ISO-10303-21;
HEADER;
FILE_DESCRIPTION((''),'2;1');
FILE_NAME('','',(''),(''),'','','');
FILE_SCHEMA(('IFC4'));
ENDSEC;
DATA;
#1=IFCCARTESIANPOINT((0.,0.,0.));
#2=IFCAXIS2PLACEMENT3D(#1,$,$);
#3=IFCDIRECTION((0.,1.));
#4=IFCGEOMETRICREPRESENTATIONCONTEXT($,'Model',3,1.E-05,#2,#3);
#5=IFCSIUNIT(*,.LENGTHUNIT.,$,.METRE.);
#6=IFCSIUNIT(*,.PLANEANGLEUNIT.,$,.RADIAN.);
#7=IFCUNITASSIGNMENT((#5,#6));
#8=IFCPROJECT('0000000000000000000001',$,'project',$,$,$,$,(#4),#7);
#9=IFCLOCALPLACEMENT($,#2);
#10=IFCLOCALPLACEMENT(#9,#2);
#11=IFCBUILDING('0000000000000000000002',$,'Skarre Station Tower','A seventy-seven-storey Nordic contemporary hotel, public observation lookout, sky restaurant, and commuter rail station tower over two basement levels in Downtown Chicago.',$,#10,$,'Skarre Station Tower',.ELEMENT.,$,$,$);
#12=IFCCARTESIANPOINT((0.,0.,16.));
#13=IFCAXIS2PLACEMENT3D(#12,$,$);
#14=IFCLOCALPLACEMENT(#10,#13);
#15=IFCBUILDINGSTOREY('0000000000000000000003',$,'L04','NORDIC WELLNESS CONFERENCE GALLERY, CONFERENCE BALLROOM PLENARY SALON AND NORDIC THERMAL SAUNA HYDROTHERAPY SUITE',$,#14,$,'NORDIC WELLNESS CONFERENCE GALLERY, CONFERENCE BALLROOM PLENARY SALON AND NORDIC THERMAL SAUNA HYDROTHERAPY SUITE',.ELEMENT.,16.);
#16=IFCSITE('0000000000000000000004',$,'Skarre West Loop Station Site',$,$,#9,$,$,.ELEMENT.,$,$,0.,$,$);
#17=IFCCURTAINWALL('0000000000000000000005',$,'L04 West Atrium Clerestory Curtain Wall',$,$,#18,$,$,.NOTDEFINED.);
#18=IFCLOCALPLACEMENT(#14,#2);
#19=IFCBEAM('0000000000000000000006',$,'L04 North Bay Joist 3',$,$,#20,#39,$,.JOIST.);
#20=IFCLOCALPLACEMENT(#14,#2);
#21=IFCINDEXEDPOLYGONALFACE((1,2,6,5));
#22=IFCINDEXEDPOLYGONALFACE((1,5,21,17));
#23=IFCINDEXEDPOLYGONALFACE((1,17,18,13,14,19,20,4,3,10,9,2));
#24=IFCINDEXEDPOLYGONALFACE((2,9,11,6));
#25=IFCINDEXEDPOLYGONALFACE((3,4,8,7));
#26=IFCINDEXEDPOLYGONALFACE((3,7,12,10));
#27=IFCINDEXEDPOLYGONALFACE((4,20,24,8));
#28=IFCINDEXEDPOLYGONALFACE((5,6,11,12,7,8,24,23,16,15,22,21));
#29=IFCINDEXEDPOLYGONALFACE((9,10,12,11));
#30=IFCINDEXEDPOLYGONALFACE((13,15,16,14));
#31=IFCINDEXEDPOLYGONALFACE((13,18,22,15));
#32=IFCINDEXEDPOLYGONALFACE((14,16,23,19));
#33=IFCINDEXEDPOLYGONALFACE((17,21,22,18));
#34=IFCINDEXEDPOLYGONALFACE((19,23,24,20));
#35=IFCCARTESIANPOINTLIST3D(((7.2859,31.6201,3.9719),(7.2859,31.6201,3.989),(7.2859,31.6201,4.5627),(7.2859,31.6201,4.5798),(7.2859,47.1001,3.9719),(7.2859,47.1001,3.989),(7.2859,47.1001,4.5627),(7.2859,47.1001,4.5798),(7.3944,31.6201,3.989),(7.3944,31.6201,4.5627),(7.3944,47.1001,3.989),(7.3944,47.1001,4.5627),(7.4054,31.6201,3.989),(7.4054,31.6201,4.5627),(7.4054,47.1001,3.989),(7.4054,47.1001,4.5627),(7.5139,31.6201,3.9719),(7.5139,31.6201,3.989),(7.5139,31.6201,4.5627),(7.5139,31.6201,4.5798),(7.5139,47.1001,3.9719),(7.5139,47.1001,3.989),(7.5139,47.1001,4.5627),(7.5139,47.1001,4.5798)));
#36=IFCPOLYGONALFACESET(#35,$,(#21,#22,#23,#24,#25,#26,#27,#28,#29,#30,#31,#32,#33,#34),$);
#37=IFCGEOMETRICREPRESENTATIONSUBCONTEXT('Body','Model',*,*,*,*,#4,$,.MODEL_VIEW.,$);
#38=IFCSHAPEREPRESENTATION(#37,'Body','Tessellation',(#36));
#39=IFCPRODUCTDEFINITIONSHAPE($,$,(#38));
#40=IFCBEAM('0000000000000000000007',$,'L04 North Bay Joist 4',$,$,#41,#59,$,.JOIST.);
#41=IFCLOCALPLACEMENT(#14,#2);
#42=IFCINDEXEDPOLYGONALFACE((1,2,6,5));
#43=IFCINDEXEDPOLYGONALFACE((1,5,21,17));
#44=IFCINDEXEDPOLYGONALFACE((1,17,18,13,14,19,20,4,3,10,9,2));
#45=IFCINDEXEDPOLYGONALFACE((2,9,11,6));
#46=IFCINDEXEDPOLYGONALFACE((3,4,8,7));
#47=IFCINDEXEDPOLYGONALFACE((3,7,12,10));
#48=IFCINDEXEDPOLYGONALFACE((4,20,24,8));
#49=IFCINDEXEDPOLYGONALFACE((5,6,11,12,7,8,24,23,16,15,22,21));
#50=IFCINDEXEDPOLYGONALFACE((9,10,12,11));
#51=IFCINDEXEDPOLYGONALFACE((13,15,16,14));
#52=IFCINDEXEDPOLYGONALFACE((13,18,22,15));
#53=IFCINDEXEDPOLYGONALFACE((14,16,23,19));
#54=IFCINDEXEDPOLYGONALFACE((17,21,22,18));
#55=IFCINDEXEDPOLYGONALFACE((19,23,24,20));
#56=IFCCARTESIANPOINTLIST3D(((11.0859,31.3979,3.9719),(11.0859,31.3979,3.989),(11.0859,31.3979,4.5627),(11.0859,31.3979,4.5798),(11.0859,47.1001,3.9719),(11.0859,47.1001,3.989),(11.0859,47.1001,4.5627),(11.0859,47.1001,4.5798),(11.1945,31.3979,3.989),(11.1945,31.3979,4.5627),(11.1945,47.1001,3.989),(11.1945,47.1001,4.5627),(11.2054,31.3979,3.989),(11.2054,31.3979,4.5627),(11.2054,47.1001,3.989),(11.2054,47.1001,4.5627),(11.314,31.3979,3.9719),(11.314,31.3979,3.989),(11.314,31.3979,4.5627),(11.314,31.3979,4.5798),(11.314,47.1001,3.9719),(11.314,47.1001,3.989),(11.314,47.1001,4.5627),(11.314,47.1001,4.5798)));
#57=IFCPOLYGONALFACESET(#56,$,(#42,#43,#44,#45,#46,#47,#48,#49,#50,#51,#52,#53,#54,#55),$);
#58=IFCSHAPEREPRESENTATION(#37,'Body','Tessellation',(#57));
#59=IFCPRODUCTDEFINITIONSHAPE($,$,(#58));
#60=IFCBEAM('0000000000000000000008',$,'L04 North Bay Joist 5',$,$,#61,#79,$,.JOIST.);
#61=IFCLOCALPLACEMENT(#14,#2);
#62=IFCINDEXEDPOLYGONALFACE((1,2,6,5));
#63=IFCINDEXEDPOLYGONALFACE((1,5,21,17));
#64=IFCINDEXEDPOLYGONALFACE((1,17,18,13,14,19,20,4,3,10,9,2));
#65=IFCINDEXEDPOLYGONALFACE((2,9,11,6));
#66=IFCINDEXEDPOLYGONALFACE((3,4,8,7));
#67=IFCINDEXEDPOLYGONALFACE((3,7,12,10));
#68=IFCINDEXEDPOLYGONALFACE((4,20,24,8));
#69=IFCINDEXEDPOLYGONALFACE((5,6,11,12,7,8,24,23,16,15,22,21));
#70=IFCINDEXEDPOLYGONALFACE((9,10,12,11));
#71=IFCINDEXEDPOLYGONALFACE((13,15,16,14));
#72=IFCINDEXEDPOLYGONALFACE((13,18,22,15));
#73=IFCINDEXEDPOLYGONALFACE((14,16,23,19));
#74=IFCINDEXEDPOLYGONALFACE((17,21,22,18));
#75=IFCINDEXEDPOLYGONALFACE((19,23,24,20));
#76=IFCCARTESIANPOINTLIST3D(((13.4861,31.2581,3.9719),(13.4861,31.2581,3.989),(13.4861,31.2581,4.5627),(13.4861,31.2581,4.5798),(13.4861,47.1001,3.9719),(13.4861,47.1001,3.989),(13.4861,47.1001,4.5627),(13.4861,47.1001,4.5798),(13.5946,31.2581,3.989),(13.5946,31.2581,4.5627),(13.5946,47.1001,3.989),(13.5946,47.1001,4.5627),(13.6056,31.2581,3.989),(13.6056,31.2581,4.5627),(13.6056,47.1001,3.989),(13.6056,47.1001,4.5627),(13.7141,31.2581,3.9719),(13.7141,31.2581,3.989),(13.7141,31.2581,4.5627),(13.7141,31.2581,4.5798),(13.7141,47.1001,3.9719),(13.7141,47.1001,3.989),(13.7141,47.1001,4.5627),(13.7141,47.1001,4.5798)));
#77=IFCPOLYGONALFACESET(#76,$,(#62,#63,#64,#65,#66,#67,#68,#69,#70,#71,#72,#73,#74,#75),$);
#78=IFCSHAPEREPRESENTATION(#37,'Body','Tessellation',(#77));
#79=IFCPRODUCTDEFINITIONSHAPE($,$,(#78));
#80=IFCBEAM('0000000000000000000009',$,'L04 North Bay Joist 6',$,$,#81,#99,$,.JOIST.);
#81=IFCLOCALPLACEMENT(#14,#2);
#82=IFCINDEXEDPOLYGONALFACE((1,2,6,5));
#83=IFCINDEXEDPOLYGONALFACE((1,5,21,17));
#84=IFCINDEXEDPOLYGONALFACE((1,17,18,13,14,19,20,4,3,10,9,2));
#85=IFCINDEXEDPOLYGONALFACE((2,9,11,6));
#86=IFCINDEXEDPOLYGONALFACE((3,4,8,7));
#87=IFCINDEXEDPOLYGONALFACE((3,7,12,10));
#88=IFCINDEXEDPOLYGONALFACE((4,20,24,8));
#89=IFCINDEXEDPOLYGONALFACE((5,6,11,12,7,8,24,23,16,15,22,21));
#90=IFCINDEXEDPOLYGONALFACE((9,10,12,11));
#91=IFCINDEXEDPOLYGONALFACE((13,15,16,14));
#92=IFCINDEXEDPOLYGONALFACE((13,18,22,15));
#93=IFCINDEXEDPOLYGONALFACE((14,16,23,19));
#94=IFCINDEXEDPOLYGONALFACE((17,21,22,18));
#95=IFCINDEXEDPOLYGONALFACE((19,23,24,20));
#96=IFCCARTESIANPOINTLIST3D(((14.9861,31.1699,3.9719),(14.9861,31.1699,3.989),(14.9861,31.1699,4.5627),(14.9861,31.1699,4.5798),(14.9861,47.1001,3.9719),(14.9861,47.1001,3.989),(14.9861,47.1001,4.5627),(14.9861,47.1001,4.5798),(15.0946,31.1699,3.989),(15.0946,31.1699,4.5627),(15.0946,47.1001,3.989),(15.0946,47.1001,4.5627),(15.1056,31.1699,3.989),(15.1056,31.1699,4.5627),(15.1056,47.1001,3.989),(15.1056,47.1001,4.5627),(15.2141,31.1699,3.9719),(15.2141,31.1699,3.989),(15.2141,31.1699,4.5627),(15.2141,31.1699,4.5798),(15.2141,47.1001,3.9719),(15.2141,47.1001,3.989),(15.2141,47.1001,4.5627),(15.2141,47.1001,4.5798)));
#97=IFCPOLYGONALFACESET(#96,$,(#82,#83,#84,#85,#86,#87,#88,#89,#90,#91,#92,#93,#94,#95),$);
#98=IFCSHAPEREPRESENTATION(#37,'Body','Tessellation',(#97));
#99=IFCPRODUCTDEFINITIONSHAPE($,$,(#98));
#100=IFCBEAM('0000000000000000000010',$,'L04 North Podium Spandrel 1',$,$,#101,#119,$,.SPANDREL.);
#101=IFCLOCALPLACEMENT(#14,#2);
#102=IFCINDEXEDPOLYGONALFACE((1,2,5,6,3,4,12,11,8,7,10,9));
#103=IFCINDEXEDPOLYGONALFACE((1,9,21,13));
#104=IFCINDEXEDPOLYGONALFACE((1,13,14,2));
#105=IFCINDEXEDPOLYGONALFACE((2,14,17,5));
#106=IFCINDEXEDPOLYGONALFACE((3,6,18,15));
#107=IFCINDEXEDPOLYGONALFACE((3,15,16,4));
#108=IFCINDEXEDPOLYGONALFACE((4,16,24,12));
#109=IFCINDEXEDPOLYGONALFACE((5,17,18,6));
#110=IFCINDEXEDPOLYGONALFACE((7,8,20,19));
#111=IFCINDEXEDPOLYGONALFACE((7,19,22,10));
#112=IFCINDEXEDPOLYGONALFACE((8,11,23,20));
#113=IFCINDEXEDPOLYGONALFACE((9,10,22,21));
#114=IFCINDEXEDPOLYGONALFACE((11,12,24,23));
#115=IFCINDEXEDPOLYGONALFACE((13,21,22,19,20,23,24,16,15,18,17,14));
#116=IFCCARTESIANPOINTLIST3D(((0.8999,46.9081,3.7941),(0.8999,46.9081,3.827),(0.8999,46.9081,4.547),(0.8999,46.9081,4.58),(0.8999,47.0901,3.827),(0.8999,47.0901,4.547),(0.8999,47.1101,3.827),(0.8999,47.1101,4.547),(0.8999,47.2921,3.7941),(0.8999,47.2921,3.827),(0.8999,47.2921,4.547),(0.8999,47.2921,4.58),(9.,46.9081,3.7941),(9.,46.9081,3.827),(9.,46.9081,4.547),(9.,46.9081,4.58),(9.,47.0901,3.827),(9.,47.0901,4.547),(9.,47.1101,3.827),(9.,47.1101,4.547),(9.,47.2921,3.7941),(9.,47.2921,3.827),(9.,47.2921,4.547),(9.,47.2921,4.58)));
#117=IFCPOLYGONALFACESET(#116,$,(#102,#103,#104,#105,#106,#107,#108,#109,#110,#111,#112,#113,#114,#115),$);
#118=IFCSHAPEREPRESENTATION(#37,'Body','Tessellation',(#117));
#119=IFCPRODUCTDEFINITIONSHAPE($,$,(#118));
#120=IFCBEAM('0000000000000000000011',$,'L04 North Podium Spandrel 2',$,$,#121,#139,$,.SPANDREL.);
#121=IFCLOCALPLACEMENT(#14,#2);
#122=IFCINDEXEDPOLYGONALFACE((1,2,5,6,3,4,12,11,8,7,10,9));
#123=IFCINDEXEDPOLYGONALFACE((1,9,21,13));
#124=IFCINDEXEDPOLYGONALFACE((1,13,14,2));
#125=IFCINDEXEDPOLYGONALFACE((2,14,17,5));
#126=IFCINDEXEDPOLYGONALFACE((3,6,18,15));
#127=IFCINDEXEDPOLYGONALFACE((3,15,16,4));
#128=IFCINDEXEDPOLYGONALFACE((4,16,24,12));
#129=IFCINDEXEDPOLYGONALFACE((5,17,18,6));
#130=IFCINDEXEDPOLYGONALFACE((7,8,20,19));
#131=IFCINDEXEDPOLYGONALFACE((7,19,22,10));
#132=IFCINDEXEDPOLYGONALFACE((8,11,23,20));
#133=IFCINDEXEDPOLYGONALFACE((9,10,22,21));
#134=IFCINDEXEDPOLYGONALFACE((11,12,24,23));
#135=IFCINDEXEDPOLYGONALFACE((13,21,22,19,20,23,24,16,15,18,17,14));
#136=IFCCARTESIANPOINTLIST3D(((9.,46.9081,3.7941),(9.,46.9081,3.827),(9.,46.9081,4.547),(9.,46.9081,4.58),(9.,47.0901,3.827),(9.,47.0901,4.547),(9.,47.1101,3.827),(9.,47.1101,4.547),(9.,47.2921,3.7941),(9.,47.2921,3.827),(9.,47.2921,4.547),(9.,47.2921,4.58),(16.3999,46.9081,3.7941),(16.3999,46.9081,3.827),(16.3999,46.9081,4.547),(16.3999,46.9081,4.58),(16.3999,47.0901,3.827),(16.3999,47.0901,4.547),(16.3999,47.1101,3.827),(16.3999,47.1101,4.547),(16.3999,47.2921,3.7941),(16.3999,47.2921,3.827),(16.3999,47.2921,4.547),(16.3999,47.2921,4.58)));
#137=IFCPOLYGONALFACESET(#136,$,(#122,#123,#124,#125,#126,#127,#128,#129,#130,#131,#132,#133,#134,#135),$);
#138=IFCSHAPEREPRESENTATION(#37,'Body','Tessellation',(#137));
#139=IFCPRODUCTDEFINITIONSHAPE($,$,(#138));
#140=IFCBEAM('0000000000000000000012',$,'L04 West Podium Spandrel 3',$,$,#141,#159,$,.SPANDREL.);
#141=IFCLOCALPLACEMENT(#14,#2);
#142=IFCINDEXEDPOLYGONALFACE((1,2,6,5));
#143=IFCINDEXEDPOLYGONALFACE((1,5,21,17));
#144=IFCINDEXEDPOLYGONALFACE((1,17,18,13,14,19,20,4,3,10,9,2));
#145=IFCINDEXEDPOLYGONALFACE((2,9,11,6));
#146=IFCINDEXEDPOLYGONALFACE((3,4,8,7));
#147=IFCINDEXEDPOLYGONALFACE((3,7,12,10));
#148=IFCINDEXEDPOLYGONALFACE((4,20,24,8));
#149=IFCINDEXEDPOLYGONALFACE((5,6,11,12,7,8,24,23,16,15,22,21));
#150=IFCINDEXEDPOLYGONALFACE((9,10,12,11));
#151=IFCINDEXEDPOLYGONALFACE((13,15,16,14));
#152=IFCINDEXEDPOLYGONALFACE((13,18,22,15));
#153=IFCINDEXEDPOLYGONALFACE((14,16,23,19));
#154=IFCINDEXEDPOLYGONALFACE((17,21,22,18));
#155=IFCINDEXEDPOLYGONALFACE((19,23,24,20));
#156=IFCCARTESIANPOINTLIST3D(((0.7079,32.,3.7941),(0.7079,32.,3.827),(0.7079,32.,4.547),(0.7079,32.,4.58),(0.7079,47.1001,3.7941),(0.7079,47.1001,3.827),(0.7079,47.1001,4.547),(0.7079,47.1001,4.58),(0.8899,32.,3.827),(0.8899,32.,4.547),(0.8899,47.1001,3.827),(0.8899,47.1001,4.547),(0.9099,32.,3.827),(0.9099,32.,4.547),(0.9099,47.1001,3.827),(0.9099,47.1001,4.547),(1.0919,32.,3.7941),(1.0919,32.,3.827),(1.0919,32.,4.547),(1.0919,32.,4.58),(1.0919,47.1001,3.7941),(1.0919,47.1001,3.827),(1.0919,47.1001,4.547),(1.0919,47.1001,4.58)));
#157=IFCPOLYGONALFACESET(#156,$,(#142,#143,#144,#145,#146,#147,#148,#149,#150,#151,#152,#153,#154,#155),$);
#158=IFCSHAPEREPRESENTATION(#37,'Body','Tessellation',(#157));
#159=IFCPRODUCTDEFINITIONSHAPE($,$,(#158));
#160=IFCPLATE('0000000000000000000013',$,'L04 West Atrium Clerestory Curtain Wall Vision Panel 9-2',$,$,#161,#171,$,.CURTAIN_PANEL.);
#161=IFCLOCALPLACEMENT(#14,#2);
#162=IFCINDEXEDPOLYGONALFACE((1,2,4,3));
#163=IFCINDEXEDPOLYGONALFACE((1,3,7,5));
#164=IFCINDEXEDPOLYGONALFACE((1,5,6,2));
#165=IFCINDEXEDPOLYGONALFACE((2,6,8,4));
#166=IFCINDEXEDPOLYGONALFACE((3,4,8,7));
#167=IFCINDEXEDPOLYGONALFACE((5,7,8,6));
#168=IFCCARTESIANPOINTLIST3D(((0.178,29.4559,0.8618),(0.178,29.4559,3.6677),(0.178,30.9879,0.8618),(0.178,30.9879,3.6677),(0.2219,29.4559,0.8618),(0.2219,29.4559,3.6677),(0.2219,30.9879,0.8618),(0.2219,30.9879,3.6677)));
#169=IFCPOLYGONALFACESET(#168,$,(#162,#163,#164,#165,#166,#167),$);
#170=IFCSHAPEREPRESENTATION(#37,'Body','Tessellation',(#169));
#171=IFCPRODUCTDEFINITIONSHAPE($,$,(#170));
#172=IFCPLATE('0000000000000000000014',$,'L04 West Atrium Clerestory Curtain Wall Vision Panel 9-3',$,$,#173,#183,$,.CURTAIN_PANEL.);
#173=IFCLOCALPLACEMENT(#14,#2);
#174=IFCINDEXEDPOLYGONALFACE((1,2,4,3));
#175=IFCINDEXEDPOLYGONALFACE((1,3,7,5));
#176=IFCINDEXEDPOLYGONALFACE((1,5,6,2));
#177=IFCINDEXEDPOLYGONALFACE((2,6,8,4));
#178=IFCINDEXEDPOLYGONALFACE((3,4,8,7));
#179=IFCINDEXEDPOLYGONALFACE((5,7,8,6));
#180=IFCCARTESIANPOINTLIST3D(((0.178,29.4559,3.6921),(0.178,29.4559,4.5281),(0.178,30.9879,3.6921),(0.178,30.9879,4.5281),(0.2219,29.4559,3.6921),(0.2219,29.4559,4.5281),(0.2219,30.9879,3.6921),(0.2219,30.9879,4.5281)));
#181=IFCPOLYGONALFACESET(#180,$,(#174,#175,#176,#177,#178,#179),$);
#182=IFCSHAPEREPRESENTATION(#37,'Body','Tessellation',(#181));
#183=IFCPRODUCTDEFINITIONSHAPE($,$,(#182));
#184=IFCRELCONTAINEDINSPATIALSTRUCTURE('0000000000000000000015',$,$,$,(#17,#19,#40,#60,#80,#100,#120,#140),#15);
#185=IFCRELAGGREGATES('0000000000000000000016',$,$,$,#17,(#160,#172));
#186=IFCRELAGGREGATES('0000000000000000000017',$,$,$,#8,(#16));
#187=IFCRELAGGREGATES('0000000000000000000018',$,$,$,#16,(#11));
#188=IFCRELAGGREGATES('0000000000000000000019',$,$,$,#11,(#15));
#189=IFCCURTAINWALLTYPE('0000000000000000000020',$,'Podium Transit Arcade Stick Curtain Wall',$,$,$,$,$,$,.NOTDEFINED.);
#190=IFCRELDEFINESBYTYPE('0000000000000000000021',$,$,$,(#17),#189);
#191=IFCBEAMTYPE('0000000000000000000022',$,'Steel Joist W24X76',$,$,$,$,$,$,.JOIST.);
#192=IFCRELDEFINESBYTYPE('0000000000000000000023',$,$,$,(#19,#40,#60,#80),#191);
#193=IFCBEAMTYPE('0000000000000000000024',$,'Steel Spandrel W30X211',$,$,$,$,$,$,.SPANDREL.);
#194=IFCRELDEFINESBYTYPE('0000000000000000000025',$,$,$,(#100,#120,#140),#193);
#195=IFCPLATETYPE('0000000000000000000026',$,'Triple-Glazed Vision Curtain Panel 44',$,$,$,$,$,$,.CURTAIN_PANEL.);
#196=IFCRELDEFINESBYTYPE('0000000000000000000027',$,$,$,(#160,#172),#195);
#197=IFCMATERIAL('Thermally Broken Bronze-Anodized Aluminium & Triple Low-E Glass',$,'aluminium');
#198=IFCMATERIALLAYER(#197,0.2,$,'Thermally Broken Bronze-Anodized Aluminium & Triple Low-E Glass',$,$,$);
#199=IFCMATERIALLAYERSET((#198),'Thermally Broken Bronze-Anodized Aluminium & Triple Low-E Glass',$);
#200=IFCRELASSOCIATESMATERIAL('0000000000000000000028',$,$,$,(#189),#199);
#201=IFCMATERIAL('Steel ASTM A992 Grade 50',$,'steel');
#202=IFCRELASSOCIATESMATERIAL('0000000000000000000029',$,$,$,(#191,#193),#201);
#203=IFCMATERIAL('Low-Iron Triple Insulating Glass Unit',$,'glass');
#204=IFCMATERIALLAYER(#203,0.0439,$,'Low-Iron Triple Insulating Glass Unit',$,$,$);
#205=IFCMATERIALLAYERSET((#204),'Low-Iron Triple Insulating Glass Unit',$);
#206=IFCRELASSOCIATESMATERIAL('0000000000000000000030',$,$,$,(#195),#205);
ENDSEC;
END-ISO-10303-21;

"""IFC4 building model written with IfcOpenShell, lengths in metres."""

from ifc_helpers import new_model, si_unit, direction, frame, origin, origin_2d, place, context, subcontext, project, spatial, rectangle, i_section, extrude, material, layer, layer_set, material_profile, profile_set, type_object, element, aggregate, save


model = new_model("IFC4")

# Units and contexts
model_context = context("Model", 3, precision=1e-05, world=origin(), true_north=direction((0.0, 1.0)))
body_context = subcontext(model_context, "Body", "Model", "MODEL_VIEW")
ifc_project = project(units=[si_unit("LENGTHUNIT", "METRE"), si_unit("PLANEANGLEUNIT", "RADIAN")], contexts=[model_context])

# Site, building, storey
site_placement = place(None, origin())
site = spatial("IfcSite", under=ifc_project, at=site_placement, Name="Skarre West Loop Station Site", CompositionType="ELEMENT", RefElevation=0.0)
building_placement = place(site_placement, origin())
building = spatial("IfcBuilding", under=site, at=building_placement, Name="Skarre Station Tower", Description="A seventy-seven-storey Nordic contemporary hotel, public observation lookout, sky restaurant, and commuter rail station tower over two basement levels in Downtown Chicago.", LongName="Skarre Station Tower", CompositionType="ELEMENT")
storey_placement = place(building_placement, frame((0.0, 0.0, 16.0)))
storey = spatial("IfcBuildingStorey", under=building, at=storey_placement, Name="L04", Description="NORDIC WELLNESS CONFERENCE GALLERY, CONFERENCE BALLROOM PLENARY SALON AND NORDIC THERMAL SAUNA HYDROTHERAPY SUITE", LongName="NORDIC WELLNESS CONFERENCE GALLERY, CONFERENCE BALLROOM PLENARY SALON AND NORDIC THERMAL SAUNA HYDROTHERAPY SUITE", CompositionType="ELEMENT", Elevation=16.0)

# Curtain wall
ifc_material_1 = material(Name="Thermally Broken Bronze-Anodized Aluminium & Triple Low-E Glass", Category="aluminium")
ifc_layer_1 = layer(ifc_material_1, 0.2, Name="Thermally Broken Bronze-Anodized Aluminium & Triple Low-E Glass")
ifc_layer_set_1 = layer_set([ifc_layer_1], Name="Thermally Broken Bronze-Anodized Aluminium & Triple Low-E Glass")
curtain_wall_type = type_object("IfcCurtainWallType", Name="Podium Transit Arcade Stick Curtain Wall", PredefinedType="NOTDEFINED", material=ifc_layer_set_1)
curtain_wall_placement = place(storey_placement, origin())
curtain_wall = element("IfcCurtainWall", 1, at=curtain_wall_placement, inside=storey, type_object=curtain_wall_type, Name="L04 West Atrium Clerestory Curtain Wall", PredefinedType="NOTDEFINED")

# Beams
ifc_material_2 = material(Name="Steel ASTM A992 Grade 50", Category="steel")
ifc_material_profile_1 = material_profile(ifc_material_2, i_section(OverallWidth=0.228, OverallDepth=0.6079, WebThickness=0.011, FlangeThickness=0.0171, at=origin_2d()), Name="Steel ASTM A992 Grade 50")
ifc_profile_set_1 = profile_set([ifc_material_profile_1], Name="Steel ASTM A992 Grade 50")
beam_type_1 = type_object("IfcBeamType", Name="Steel Joist W24X76", PredefinedType="JOIST", material=ifc_profile_set_1)
beam_1_placement = place(storey_placement, frame((7.3999, 31.6201, 4.2759), z_axis=(0.0, 1.0, 0.0), x_axis=(-1.0, 0.0, 0.0)))
element("IfcBeam", 2, at=beam_1_placement, inside=storey, type_object=beam_type_1, Name="L04 North Bay Joist 3", PredefinedType="JOIST", context=body_context, shape_type="SweptSolid", body=[
    extrude(i_section(OverallWidth=0.228, OverallDepth=0.6079, WebThickness=0.011, FlangeThickness=0.0171, at=origin_2d()), origin(), (0.0, 0.0, 1.0), 15.48),
])
beam_2_placement = place(storey_placement, frame((11.2, 31.3979, 4.2759), z_axis=(0.0, 1.0, 0.0), x_axis=(-1.0, 0.0, 0.0)))
element("IfcBeam", 3, at=beam_2_placement, inside=storey, type_object=beam_type_1, Name="L04 North Bay Joist 4", PredefinedType="JOIST", context=body_context, shape_type="SweptSolid", body=[
    extrude(i_section(OverallWidth=0.228, OverallDepth=0.6079, WebThickness=0.011, FlangeThickness=0.0171, at=origin_2d()), origin(), (0.0, 0.0, 1.0), 15.7021),
])
beam_3_placement = place(storey_placement, frame((13.6001, 31.2581, 4.2759), z_axis=(0.0, 1.0, 0.0), x_axis=(-1.0, 0.0, 0.0)))
element("IfcBeam", 4, at=beam_3_placement, inside=storey, type_object=beam_type_1, Name="L04 North Bay Joist 5", PredefinedType="JOIST", context=body_context, shape_type="SweptSolid", body=[
    extrude(i_section(OverallWidth=0.228, OverallDepth=0.6079, WebThickness=0.011, FlangeThickness=0.0171, at=origin_2d()), origin(), (0.0, 0.0, 1.0), 15.842),
])
beam_4_placement = place(storey_placement, frame((15.1001, 31.1699, 4.2759), z_axis=(0.0, 1.0, 0.0), x_axis=(-1.0, 0.0, 0.0)))
element("IfcBeam", 5, at=beam_4_placement, inside=storey, type_object=beam_type_1, Name="L04 North Bay Joist 6", PredefinedType="JOIST", context=body_context, shape_type="SweptSolid", body=[
    extrude(i_section(OverallWidth=0.228, OverallDepth=0.6079, WebThickness=0.011, FlangeThickness=0.0171, at=origin_2d()), origin(), (0.0, 0.0, 1.0), 15.9302),
])
ifc_material_profile_2 = material_profile(ifc_material_2, i_section(OverallWidth=0.384, OverallDepth=0.7859, WebThickness=0.02, FlangeThickness=0.033, at=origin_2d()), Name="Steel ASTM A992 Grade 50")
ifc_profile_set_2 = profile_set([ifc_material_profile_2], Name="Steel ASTM A992 Grade 50")
beam_type_2 = type_object("IfcBeamType", Name="Steel Spandrel W30X211", PredefinedType="SPANDREL", material=ifc_profile_set_2)
beam_5_placement = place(storey_placement, frame((0.8999, 47.1001, 4.187), z_axis=(1.0, 0.0, 0.0), x_axis=(0.0, 1.0, 0.0)))
element("IfcBeam", 6, at=beam_5_placement, inside=storey, type_object=beam_type_2, Name="L04 North Podium Spandrel 1", PredefinedType="SPANDREL", context=body_context, shape_type="SweptSolid", body=[
    extrude(i_section(OverallWidth=0.384, OverallDepth=0.7859, WebThickness=0.02, FlangeThickness=0.033, at=origin_2d()), origin(), (0.0, 0.0, 1.0), 8.1001),
])
beam_6_placement = place(storey_placement, frame((9.0, 47.1001, 4.187), z_axis=(1.0, 0.0, 0.0), x_axis=(0.0, 1.0, 0.0)))
element("IfcBeam", 7, at=beam_6_placement, inside=storey, type_object=beam_type_2, Name="L04 North Podium Spandrel 2", PredefinedType="SPANDREL", context=body_context, shape_type="SweptSolid", body=[
    extrude(i_section(OverallWidth=0.384, OverallDepth=0.7859, WebThickness=0.02, FlangeThickness=0.033, at=origin_2d()), origin(), (0.0, 0.0, 1.0), 7.3999),
])
beam_7_placement = place(storey_placement, frame((0.8999, 32.0, 4.187), z_axis=(0.0, 1.0, 0.0), x_axis=(-1.0, 0.0, 0.0)))
element("IfcBeam", 8, at=beam_7_placement, inside=storey, type_object=beam_type_2, Name="L04 West Podium Spandrel 3", PredefinedType="SPANDREL", context=body_context, shape_type="SweptSolid", body=[
    extrude(i_section(OverallWidth=0.384, OverallDepth=0.7859, WebThickness=0.02, FlangeThickness=0.033, at=origin_2d()), origin(), (0.0, 0.0, 1.0), 15.1001),
])

# Plates
ifc_material_3 = material(Name="Low-Iron Triple Insulating Glass Unit", Category="glass")
ifc_layer_2 = layer(ifc_material_3, 0.0439, Name="Low-Iron Triple Insulating Glass Unit")
ifc_layer_set_2 = layer_set([ifc_layer_2], Name="Low-Iron Triple Insulating Glass Unit")
plate_type = type_object("IfcPlateType", Name="Triple-Glazed Vision Curtain Panel 44", PredefinedType="CURTAIN_PANEL", material=ifc_layer_set_2)
plate_1_placement = place(storey_placement, frame((0.2, 30.2219, 0.8618), z_axis=(0.0, 0.0, 1.0), x_axis=(0.0, 1.0, 0.0)))
plate_1 = element("IfcPlate", 9, at=plate_1_placement, type_object=plate_type, Name="L04 West Atrium Clerestory Curtain Wall Vision Panel 9-2", PredefinedType="CURTAIN_PANEL", context=body_context, shape_type="SweptSolid", body=[
    extrude(rectangle(XDim=1.532, YDim=0.0439, at=origin_2d()), origin(), (0.0, 0.0, 1.0), 2.8059),
])
plate_2_placement = place(storey_placement, frame((0.2, 30.2219, 3.6921), z_axis=(0.0, 0.0, 1.0), x_axis=(0.0, 1.0, 0.0)))
plate_2 = element("IfcPlate", 10, at=plate_2_placement, type_object=plate_type, Name="L04 West Atrium Clerestory Curtain Wall Vision Panel 9-3", PredefinedType="CURTAIN_PANEL", context=body_context, shape_type="SweptSolid", body=[
    extrude(rectangle(XDim=1.532, YDim=0.0439, at=origin_2d()), origin(), (0.0, 0.0, 1.0), 0.8359),
])
aggregate(curtain_wall, [plate_1, plate_2])

save(model, "model.ifc")
